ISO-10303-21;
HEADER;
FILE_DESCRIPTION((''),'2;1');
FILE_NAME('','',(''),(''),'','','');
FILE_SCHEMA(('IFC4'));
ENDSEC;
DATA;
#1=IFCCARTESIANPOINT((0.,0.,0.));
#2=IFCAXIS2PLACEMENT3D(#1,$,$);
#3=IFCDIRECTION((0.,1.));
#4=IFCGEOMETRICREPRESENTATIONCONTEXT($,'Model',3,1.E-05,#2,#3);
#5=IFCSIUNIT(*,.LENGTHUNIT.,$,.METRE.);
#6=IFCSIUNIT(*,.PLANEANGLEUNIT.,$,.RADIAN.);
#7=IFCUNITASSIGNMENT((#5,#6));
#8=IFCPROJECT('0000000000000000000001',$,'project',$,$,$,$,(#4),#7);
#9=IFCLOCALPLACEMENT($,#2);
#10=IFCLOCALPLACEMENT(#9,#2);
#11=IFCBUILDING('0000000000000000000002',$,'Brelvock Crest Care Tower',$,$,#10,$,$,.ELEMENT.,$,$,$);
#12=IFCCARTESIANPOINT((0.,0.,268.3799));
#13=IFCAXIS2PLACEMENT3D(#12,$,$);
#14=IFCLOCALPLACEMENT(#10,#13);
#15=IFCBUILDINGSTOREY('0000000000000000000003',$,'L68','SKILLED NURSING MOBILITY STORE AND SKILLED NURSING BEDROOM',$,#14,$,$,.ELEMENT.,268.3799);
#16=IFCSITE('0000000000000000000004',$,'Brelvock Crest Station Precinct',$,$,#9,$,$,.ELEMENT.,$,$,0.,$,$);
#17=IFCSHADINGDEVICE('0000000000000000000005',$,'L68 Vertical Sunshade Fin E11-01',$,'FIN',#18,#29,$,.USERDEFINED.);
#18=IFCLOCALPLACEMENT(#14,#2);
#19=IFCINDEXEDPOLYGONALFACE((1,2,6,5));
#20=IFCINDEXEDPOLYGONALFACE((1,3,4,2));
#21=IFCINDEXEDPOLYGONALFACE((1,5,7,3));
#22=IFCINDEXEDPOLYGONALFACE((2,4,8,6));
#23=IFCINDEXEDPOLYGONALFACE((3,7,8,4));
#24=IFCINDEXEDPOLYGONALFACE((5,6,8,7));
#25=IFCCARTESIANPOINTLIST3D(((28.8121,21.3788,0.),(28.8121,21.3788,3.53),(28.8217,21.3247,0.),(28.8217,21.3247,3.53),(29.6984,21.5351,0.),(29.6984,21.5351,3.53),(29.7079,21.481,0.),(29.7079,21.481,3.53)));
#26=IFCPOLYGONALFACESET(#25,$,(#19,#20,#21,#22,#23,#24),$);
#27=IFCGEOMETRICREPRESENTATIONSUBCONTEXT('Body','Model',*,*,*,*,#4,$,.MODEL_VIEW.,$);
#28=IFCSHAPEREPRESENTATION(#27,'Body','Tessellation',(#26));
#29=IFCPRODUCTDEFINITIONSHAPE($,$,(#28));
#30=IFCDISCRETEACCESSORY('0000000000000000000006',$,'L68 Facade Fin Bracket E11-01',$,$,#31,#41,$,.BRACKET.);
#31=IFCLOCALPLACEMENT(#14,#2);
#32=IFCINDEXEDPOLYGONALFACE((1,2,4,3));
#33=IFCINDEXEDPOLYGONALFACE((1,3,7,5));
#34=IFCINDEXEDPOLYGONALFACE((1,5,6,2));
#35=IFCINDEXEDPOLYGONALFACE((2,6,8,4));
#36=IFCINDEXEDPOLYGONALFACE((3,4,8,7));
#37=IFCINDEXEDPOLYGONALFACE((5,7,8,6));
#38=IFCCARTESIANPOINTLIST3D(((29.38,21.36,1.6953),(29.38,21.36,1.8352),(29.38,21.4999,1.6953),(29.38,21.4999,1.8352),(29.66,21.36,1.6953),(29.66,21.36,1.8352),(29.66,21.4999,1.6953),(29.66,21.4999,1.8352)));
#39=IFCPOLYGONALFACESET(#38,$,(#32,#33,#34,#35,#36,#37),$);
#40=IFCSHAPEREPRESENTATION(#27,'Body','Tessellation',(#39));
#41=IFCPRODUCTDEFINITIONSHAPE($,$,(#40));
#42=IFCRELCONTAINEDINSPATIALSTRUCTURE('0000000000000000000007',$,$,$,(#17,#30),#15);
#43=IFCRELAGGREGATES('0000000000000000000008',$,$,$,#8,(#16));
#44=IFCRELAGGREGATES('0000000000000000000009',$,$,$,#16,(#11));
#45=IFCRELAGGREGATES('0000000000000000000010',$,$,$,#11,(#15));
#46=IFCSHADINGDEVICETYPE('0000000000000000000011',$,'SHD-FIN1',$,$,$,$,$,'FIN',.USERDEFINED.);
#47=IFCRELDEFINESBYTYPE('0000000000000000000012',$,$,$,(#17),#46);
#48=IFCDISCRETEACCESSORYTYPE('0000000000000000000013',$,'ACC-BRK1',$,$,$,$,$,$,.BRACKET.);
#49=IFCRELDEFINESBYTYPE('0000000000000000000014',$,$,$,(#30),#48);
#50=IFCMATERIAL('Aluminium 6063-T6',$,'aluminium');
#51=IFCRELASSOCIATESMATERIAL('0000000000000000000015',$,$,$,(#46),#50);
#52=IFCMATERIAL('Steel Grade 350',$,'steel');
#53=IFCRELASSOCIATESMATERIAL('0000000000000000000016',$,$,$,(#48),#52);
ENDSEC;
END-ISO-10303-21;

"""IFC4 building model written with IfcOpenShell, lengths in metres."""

from ifc_helpers import new_model, si_unit, direction, frame, origin, origin_2d, place, context, subcontext, project, spatial, rectangle, extrude, source, transform, mapped, material, material_profile, profile_set, type_object, element, save


model = new_model("IFC4")

# Units and contexts
model_context = context("Model", 3, precision=1e-05, world=origin(), true_north=direction((0.0, 1.0)))
body_context = subcontext(model_context, "Body", "Model", "MODEL_VIEW")
ifc_project = project(units=[si_unit("LENGTHUNIT", "METRE"), si_unit("PLANEANGLEUNIT", "RADIAN")], contexts=[model_context])

# Site, building, storey
site_placement = place(None, origin())
site = spatial("IfcSite", under=ifc_project, at=site_placement, Name="Brelvock Crest Station Precinct", CompositionType="ELEMENT", RefElevation=0.0)
building_placement = place(site_placement, origin())
building = spatial("IfcBuilding", under=site, at=building_placement, Name="Brelvock Crest Care Tower", CompositionType="ELEMENT")
storey_placement = place(building_placement, frame((0.0, 0.0, 268.3799)))
storey = spatial("IfcBuildingStorey", under=building, at=storey_placement, Name="L68", Description="SKILLED NURSING MOBILITY STORE AND SKILLED NURSING BEDROOM", CompositionType="ELEMENT", Elevation=268.3799)

# Shared definitions
ifc_material_1 = material(Name="Steel Grade 350", Category="steel")

# Shared definitions
ifc_material_2 = material(Name="Aluminium 6063-T6", Category="aluminium")

# Shading device
ifc_material_profile_1 = material_profile(ifc_material_2, rectangle(XDim=0.0549, YDim=0.8999, at=origin_2d()), Name="FIN55x900")
ifc_profile_set_1 = profile_set([ifc_material_profile_1], Name="Aluminium 6063-T6")
shading_device_type = type_object("IfcShadingDeviceType", Name="SHD-FIN1", ElementType="FIN", PredefinedType="USERDEFINED", material=ifc_profile_set_1)
shared_shape_1 = source(origin(), body_context, "Body", "SweptSolid", [
    extrude(rectangle(XDim=0.0549, YDim=0.8999, at=origin_2d()), origin(), (0.0, 0.0, 1.0), 3.53),
])
shading_device_placement = place(storey_placement, frame((29.26, 21.4299, 0.0), z_axis=(0.0, 0.0, 1.0), x_axis=(-0.173648, 0.984808, 0.0)))
element("IfcShadingDevice", 1, at=shading_device_placement, inside=storey, type_object=shading_device_type, Name="L68 Vertical Sunshade Fin E11-01", ObjectType="FIN", PredefinedType="USERDEFINED", context=body_context, shape_type="MappedRepresentation", body=[
    mapped(shared_shape_1, transform((0.0, 0.0, 0.0), x_axis=(1.0, 0.0, 0.0), y_axis=(0.0, 1.0, 0.0), z_axis=(0.0, 0.0, 1.0), scale=1.0)),
])

# Discrete accessory
discrete_accessory_type = type_object("IfcDiscreteAccessoryType", Name="ACC-BRK1", PredefinedType="BRACKET", material=ifc_material_1)
shared_shape_2 = source(origin(), body_context, "Body", "SweptSolid", [
    extrude(rectangle(XDim=0.28, YDim=0.1399, at=origin_2d()), origin(), (0.0, 0.0, 1.0), 0.1399),
])
discrete_accessory_placement = place(storey_placement, frame((29.52, 21.4299, 1.6953), z_axis=(0.0, 0.0, 1.0), x_axis=(-1.0, 0.0, 0.0)))
element("IfcDiscreteAccessory", 2, at=discrete_accessory_placement, inside=storey, type_object=discrete_accessory_type, Name="L68 Facade Fin Bracket E11-01", PredefinedType="BRACKET", context=body_context, shape_type="MappedRepresentation", body=[
    mapped(shared_shape_2, transform((0.0, 0.0, 0.0), x_axis=(1.0, 0.0, 0.0), y_axis=(0.0, 1.0, 0.0), z_axis=(0.0, 0.0, 1.0), scale=1.0)),
])

save(model, "model.ifc")
